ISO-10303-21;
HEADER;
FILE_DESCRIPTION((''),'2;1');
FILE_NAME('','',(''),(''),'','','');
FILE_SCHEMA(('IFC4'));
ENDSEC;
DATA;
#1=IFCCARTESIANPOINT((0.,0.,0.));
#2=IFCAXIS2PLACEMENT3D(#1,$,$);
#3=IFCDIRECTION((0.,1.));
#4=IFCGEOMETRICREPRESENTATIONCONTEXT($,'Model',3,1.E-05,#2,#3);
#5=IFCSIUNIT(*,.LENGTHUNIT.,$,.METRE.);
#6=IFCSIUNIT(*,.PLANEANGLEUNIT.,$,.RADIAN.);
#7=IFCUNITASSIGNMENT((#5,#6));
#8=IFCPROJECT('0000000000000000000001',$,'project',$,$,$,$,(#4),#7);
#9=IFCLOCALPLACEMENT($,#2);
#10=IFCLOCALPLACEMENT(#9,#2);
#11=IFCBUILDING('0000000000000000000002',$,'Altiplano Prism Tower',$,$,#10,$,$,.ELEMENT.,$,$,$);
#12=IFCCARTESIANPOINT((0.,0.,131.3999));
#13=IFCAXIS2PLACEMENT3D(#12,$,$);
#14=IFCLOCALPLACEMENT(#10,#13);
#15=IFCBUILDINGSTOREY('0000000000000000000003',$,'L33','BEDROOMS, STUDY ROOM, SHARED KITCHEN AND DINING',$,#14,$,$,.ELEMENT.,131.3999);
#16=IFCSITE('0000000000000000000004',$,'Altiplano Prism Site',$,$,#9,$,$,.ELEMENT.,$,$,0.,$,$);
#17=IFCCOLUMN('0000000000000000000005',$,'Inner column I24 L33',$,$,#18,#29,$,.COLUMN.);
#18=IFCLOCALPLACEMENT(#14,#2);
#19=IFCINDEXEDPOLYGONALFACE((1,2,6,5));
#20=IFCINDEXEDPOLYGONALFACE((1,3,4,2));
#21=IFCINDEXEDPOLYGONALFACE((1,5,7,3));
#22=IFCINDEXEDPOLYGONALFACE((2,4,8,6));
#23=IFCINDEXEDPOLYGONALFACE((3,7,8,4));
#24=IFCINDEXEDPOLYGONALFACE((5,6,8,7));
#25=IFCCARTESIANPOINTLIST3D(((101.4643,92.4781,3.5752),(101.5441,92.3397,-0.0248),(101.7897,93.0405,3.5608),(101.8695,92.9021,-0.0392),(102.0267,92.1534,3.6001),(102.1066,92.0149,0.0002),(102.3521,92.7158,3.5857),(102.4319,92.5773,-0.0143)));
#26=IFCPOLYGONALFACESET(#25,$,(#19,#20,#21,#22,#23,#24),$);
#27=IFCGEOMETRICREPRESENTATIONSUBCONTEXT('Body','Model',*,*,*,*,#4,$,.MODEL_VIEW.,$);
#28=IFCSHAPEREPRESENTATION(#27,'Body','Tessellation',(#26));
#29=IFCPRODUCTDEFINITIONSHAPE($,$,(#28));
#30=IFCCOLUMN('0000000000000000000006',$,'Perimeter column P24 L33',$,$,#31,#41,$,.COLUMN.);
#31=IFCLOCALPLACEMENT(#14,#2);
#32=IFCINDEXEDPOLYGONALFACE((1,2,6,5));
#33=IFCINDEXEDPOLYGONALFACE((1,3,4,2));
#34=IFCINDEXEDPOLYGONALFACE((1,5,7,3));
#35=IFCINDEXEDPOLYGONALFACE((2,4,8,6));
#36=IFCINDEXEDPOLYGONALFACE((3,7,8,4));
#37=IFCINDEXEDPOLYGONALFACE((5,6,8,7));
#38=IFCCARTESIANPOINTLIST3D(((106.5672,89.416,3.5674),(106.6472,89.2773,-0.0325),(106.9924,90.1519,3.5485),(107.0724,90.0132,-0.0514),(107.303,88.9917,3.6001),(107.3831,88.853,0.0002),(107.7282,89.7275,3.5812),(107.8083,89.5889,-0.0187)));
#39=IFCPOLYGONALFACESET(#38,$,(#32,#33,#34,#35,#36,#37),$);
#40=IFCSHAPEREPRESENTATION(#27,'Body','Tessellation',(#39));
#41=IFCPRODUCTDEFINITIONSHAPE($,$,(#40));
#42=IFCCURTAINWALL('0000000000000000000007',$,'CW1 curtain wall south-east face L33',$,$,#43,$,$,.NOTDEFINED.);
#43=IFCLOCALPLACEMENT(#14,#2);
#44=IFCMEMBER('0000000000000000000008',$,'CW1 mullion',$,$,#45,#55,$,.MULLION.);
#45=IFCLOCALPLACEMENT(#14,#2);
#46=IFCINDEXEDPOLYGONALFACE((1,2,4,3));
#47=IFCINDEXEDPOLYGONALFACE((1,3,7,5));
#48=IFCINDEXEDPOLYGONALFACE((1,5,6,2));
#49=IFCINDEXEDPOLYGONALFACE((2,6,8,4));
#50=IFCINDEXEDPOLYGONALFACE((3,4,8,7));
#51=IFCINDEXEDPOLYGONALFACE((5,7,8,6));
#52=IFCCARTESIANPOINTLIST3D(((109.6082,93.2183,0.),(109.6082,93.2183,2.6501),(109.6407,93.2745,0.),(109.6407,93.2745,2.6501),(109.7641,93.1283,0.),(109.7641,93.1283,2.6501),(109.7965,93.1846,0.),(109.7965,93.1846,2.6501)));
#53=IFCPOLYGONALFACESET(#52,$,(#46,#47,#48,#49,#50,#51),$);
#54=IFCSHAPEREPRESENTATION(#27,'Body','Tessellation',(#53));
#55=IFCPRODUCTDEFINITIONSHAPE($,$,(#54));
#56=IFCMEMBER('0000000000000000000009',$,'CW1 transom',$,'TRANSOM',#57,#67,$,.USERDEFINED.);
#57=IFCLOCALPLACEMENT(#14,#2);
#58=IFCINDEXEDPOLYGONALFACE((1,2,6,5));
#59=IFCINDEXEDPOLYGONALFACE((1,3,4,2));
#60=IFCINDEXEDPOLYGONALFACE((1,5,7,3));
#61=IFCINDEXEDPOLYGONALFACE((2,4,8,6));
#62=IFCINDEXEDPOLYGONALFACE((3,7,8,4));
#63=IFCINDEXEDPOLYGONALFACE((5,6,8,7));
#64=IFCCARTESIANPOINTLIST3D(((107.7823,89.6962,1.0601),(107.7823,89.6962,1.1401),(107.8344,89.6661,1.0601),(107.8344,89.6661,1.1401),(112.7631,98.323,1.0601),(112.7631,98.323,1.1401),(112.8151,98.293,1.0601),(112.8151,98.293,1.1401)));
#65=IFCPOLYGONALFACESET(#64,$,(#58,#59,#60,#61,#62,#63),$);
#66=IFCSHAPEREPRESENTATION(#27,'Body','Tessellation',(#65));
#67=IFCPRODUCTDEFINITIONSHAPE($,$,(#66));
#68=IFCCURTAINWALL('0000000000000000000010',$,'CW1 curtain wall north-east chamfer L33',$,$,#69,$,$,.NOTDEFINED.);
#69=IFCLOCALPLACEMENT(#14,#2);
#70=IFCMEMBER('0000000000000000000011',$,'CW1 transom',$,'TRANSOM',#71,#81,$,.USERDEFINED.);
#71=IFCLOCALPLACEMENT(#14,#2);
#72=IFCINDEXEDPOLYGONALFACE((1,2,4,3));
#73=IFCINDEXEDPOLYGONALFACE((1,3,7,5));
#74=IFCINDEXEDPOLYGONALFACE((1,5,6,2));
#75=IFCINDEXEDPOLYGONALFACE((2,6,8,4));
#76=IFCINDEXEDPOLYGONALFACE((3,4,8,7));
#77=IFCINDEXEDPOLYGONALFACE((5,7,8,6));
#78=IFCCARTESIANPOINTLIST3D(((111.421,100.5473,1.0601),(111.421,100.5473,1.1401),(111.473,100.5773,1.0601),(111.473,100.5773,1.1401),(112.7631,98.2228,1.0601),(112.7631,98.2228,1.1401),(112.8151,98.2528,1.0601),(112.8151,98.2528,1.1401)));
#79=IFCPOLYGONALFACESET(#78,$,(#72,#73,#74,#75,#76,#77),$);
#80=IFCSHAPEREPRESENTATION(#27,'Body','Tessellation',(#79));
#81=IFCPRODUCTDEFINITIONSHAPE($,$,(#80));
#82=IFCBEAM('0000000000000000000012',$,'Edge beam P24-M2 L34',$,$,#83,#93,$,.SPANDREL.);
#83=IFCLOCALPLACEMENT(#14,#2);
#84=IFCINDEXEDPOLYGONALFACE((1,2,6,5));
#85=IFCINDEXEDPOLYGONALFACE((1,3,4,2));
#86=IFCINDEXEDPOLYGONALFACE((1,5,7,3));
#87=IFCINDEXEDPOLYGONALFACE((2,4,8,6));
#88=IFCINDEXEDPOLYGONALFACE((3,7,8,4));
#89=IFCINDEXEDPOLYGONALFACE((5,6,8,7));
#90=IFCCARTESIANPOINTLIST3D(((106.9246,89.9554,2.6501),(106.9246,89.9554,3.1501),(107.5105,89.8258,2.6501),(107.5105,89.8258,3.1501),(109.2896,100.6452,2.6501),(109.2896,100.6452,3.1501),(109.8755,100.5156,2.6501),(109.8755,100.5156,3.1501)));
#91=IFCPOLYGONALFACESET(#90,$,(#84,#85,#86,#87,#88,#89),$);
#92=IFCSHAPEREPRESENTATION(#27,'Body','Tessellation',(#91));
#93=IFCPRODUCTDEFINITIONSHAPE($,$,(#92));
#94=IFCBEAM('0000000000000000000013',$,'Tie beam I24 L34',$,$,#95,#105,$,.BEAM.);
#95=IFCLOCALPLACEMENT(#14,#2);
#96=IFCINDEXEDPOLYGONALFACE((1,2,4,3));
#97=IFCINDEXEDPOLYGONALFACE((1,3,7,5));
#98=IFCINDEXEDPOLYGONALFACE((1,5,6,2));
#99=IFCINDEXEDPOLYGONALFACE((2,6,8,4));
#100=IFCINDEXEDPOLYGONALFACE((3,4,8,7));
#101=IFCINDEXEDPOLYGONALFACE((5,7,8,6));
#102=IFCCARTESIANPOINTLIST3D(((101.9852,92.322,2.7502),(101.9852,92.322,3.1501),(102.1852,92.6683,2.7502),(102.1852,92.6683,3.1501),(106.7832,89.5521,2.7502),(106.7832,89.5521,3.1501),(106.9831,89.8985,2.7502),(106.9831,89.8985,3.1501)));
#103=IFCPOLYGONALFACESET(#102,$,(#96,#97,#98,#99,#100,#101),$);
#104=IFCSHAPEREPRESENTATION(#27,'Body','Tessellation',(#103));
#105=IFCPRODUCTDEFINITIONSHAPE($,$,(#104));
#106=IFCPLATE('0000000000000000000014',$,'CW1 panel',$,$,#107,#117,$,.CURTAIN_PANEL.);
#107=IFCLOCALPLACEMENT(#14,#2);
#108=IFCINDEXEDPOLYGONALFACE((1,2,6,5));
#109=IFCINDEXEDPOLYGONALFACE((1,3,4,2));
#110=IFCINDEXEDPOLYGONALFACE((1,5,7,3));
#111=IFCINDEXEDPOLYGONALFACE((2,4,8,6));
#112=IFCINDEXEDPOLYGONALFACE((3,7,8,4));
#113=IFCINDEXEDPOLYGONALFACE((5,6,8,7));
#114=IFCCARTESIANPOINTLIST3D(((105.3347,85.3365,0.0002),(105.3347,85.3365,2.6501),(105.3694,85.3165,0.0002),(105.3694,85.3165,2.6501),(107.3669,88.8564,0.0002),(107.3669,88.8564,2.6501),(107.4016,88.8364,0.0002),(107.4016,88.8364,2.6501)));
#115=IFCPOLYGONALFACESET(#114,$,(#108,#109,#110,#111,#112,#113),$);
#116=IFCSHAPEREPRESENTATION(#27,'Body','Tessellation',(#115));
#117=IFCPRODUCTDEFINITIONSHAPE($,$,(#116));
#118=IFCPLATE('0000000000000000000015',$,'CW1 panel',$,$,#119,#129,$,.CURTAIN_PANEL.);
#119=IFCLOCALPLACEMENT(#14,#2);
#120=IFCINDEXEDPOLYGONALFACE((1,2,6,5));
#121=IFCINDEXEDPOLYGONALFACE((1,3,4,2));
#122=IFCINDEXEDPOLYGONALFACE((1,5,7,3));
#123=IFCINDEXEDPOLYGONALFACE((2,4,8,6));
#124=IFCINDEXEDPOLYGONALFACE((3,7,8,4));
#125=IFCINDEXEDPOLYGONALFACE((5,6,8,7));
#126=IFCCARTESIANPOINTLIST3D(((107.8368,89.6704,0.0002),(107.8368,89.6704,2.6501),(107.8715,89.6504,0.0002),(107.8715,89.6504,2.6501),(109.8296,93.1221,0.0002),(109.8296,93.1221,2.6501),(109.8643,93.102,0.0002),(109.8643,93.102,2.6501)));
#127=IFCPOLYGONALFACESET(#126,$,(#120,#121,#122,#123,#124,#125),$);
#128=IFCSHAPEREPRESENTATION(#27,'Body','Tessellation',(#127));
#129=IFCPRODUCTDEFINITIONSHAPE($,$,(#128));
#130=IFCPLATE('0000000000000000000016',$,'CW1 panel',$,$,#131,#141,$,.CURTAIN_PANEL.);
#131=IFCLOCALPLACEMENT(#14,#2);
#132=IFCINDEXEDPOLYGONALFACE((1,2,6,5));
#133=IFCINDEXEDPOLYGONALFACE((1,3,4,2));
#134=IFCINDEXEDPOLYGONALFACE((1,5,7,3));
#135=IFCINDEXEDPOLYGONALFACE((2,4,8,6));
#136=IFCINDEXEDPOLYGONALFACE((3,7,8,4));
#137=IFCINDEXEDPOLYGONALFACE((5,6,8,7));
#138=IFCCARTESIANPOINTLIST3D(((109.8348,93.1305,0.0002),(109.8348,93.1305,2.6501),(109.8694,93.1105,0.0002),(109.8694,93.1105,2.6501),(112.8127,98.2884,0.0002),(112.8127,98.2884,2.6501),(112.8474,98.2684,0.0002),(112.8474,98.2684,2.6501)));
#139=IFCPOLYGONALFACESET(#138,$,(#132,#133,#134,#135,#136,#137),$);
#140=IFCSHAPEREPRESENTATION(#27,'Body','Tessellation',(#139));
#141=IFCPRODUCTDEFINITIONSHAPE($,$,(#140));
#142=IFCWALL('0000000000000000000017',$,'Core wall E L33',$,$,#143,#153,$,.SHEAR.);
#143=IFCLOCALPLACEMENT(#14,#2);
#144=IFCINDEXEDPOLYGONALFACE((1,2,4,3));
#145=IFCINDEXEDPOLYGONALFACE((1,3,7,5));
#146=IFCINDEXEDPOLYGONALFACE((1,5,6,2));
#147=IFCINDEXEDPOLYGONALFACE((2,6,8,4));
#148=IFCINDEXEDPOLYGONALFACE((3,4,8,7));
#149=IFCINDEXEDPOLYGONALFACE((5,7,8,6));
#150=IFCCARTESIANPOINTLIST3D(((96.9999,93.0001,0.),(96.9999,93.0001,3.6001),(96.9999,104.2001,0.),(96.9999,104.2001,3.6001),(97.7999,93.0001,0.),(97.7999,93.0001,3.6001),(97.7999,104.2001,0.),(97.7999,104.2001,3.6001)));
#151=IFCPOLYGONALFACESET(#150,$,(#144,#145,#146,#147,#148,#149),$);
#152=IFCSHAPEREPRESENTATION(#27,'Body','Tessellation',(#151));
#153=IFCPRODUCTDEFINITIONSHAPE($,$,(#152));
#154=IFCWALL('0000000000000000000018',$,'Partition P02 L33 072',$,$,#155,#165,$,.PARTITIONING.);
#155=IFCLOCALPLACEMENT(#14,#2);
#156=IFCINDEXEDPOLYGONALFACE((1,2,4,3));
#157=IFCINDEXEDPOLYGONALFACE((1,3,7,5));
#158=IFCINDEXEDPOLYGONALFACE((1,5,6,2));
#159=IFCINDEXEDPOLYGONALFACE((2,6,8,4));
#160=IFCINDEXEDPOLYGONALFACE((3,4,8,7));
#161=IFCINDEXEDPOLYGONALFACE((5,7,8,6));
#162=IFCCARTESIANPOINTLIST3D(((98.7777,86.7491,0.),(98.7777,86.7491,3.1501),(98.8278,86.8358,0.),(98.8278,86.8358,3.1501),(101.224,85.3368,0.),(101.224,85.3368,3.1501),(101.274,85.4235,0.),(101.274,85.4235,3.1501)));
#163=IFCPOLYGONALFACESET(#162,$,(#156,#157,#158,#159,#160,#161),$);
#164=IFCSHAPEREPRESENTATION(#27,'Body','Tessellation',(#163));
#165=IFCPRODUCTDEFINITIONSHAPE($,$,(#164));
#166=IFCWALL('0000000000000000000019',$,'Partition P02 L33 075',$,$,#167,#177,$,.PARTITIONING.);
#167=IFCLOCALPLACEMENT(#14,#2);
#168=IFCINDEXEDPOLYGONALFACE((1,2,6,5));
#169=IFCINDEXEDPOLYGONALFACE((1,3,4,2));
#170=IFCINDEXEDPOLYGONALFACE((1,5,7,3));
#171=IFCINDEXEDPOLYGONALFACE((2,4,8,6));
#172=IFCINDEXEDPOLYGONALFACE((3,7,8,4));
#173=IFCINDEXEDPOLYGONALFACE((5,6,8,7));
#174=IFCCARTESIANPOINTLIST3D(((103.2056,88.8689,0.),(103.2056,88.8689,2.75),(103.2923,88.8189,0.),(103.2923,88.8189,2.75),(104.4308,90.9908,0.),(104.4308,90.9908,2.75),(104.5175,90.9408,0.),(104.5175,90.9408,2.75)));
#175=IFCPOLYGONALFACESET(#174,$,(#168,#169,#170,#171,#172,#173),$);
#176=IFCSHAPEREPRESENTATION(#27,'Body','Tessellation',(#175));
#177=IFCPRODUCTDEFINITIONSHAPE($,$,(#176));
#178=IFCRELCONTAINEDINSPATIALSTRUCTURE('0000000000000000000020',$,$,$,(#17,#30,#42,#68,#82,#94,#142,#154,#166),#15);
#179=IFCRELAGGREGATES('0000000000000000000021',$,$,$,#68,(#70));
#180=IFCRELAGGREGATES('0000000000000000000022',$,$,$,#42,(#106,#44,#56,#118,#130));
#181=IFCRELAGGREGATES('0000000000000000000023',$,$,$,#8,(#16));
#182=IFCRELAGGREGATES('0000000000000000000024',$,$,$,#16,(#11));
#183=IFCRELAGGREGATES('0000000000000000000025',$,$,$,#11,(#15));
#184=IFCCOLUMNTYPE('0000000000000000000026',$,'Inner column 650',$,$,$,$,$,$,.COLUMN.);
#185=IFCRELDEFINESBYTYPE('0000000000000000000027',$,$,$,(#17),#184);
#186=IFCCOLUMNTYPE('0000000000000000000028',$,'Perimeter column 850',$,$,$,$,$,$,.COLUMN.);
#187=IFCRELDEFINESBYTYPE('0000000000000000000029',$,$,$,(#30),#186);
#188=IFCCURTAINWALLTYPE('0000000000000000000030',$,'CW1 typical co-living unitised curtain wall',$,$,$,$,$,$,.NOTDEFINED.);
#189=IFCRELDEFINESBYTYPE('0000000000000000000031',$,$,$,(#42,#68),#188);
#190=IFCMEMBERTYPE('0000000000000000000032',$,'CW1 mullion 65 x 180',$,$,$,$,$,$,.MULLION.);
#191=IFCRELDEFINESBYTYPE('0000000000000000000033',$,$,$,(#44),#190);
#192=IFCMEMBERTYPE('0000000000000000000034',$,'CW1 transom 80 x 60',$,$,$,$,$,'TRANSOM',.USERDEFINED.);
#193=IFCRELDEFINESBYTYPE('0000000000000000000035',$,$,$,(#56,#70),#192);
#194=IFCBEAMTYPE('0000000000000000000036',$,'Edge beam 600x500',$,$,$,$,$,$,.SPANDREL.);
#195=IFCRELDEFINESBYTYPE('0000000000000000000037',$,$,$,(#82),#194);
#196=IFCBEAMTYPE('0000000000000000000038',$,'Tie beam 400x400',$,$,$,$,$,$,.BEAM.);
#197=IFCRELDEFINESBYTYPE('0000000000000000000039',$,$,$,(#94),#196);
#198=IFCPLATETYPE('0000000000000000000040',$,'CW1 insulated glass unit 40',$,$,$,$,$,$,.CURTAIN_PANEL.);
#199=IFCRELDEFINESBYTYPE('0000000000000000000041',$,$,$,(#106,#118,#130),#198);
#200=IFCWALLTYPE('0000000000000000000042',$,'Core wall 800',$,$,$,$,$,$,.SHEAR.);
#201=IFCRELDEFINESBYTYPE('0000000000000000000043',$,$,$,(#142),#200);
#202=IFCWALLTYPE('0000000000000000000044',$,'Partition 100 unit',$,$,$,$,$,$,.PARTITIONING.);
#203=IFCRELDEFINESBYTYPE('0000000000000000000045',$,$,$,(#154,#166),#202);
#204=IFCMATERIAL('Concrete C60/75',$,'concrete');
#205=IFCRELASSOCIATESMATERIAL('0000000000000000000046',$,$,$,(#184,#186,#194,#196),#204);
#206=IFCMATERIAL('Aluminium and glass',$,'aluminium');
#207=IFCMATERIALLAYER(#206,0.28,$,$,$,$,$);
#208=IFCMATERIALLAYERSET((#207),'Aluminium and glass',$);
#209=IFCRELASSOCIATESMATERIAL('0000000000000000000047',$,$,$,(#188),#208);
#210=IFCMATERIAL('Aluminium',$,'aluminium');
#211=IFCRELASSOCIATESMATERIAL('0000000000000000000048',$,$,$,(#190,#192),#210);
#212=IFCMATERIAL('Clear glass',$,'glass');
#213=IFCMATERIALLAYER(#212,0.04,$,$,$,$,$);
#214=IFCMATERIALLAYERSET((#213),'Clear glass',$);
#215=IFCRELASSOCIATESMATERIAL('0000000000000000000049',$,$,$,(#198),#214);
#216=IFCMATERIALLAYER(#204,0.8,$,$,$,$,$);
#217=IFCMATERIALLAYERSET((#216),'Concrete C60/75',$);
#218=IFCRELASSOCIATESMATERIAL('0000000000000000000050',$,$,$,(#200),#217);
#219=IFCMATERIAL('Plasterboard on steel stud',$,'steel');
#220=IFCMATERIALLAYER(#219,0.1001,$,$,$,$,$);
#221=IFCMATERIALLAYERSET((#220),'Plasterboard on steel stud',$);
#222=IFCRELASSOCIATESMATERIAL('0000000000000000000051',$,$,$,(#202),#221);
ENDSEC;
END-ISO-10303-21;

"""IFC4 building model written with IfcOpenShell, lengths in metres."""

from ifc_helpers import new_model, si_unit, direction, frame, frame_2d, origin, origin_2d, place, context, subcontext, project, spatial, rectangle, extrude, material, layer, layer_set, material_profile, profile_set, type_object, element, aggregate, save


model = new_model("IFC4")

# Units and contexts
model_context = context("Model", 3, precision=1e-05, world=origin(), true_north=direction((0.0, 1.0)))
body_context = subcontext(model_context, "Body", "Model", "MODEL_VIEW")
ifc_project = project(units=[si_unit("LENGTHUNIT", "METRE"), si_unit("PLANEANGLEUNIT", "RADIAN")], contexts=[model_context])

# Site, building, storey
site_placement = place(None, origin())
site = spatial("IfcSite", under=ifc_project, at=site_placement, Name="Altiplano Prism Site", CompositionType="ELEMENT", RefElevation=0.0)
building_placement = place(site_placement, origin())
building = spatial("IfcBuilding", under=site, at=building_placement, Name="Altiplano Prism Tower", CompositionType="ELEMENT")
storey_placement = place(building_placement, frame((0.0, 0.0, 131.3999)))
storey = spatial("IfcBuildingStorey", under=building, at=storey_placement, Name="L33", Description="BEDROOMS, STUDY ROOM, SHARED KITCHEN AND DINING", CompositionType="ELEMENT", Elevation=131.3999)

# Columns
ifc_material_1 = material(Name="Concrete C60/75", Category="concrete")
ifc_material_profile_1 = material_profile(ifc_material_1, rectangle(XDim=0.6499, YDim=0.6499, at=origin_2d()), Name="Inner column 650")
ifc_profile_set_1 = profile_set([ifc_material_profile_1], Name="Concrete C60/75")
column_type_1 = type_object("IfcColumnType", Name="Inner column 650", PredefinedType="COLUMN", material=ifc_profile_set_1)
column_1_placement = place(storey_placement, frame((101.988, 92.4585, -0.0195), z_axis=(-0.022155, 0.038416, 0.999016), x_axis=(-0.500653, -0.865364, 0.022173)))
element("IfcColumn", 1, at=column_1_placement, inside=storey, type_object=column_type_1, Name="Inner column I24 L33", PredefinedType="COLUMN", context=body_context, shape_type="SweptSolid", body=[
    extrude(rectangle(XDim=0.6499, YDim=0.6499, at=origin_2d()), origin(), (0.0, 0.0, 1.0), 3.6035),
])
ifc_material_profile_2 = material_profile(ifc_material_1, rectangle(XDim=0.8501, YDim=0.8501, at=origin_2d()), Name="Perimeter column 850")
ifc_profile_set_2 = profile_set([ifc_material_profile_2], Name="Concrete C60/75")
column_type_2 = type_object("IfcColumnType", Name="Perimeter column 850", PredefinedType="COLUMN", material=ifc_profile_set_2)
column_2_placement = place(storey_placement, frame((107.2278, 89.4331, -0.0256), z_axis=(-0.022223, 0.038483, 0.999012), x_axis=(-0.50017, -0.865642, 0.02222)))
element("IfcColumn", 2, at=column_2_placement, inside=storey, type_object=column_type_2, Name="Perimeter column P24 L33", PredefinedType="COLUMN", context=body_context, shape_type="SweptSolid", body=[
    extrude(rectangle(XDim=0.8501, YDim=0.8501, at=origin_2d()), origin(), (0.0, 0.0, 1.0), 3.6035),
])

# Curtain wall, members
ifc_material_2 = material(Name="Aluminium and glass", Category="aluminium")
ifc_layer_1 = layer(ifc_material_2, 0.28)
ifc_layer_set_1 = layer_set([ifc_layer_1], Name="Aluminium and glass")
curtain_wall_type = type_object("IfcCurtainWallType", Name="CW1 typical co-living unitised curtain wall", PredefinedType="NOTDEFINED", material=ifc_layer_set_1)
curtain_wall_1_placement = place(storey_placement, origin())
curtain_wall_1 = element("IfcCurtainWall", 3, at=curtain_wall_1_placement, inside=storey, type_object=curtain_wall_type, Name="CW1 curtain wall south-east face L33", PredefinedType="NOTDEFINED")
ifc_material_3 = material(Name="Aluminium", Category="aluminium")
ifc_material_profile_3 = material_profile(ifc_material_3, rectangle(XDim=0.1799, YDim=0.0649, at=origin_2d()), Name="CW1 mullion 65 x 180")
ifc_profile_set_3 = profile_set([ifc_material_profile_3], Name="Aluminium")
member_type_1 = type_object("IfcMemberType", Name="CW1 mullion 65 x 180", PredefinedType="MULLION", material=ifc_profile_set_3)
member_1_placement = place(storey_placement, frame((109.7024, 93.2014, 0.0), z_axis=(0.0, 0.0, 1.0), x_axis=(-0.866025, 0.5, 0.0)))
member_1 = element("IfcMember", 4, at=member_1_placement, type_object=member_type_1, Name="CW1 mullion", PredefinedType="MULLION", context=body_context, shape_type="SweptSolid", body=[
    extrude(rectangle(XDim=0.1799, YDim=0.0649, at=origin_2d()), origin(), (0.0, 0.0, 1.0), 2.6501),
])
ifc_material_profile_4 = material_profile(ifc_material_3, rectangle(XDim=0.0601, YDim=0.0801, at=origin_2d()), Name="CW1 transom 80 x 60")
ifc_profile_set_4 = profile_set([ifc_material_profile_4], Name="Aluminium")
member_type_2 = type_object("IfcMemberType", Name="CW1 transom 80 x 60", ElementType="TRANSOM", PredefinedType="USERDEFINED", material=ifc_profile_set_4)
member_2_placement = place(storey_placement, frame((107.8083, 89.6812, 1.1001), z_axis=(0.500006, 0.866022, 0.0), x_axis=(-0.866022, 0.500006, 0.0)))
member_2 = element("IfcMember", 5, at=member_2_placement, type_object=member_type_2, Name="CW1 transom", ObjectType="TRANSOM", PredefinedType="USERDEFINED", context=body_context, shape_type="SweptSolid", body=[
    extrude(rectangle(XDim=0.0601, YDim=0.0801, at=origin_2d()), origin(), (0.0, 0.0, 1.0), 9.9614),
])

# Curtain wall, member
curtain_wall_2_placement = place(storey_placement, origin())
curtain_wall_2 = element("IfcCurtainWall", 6, at=curtain_wall_2_placement, inside=storey, type_object=curtain_wall_type, Name="CW1 curtain wall north-east chamfer L33", PredefinedType="NOTDEFINED")
member_3_placement = place(storey_placement, frame((112.7891, 98.2378, 1.1001), z_axis=(-0.500003, 0.866024, 0.0), x_axis=(-0.866024, -0.500003, 0.0)))
member_3 = element("IfcMember", 7, at=member_3_placement, type_object=member_type_2, Name="CW1 transom", ObjectType="TRANSOM", PredefinedType="USERDEFINED", context=body_context, shape_type="SweptSolid", body=[
    extrude(rectangle(XDim=0.0601, YDim=0.0801, at=origin_2d()), origin(), (0.0, 0.0, 1.0), 2.6841),
])
aggregate(curtain_wall_2, [member_3])

# Beams
ifc_material_profile_5 = material_profile(ifc_material_1, rectangle(XDim=0.6001, YDim=0.5, at=origin_2d()), Name="Edge beam 600x500")
ifc_profile_set_5 = profile_set([ifc_material_profile_5], Name="Concrete C60/75")
beam_type_1 = type_object("IfcBeamType", Name="Edge beam 600x500", PredefinedType="SPANDREL", material=ifc_profile_set_5)
beam_1_placement = place(storey_placement, frame((107.2175, 89.8906, 2.9001), z_axis=(0.216017, 0.97639, 0.0), x_axis=(-0.97639, 0.216017, 0.0)))
element("IfcBeam", 8, at=beam_1_placement, inside=storey, type_object=beam_type_1, Name="Edge beam P24-M2 L34", PredefinedType="SPANDREL", context=body_context, shape_type="SweptSolid", body=[
    extrude(rectangle(XDim=0.6001, YDim=0.5, at=origin_2d()), origin(), (0.0, 0.0, 1.0), 10.9482),
])
ifc_material_profile_6 = material_profile(ifc_material_1, rectangle(XDim=0.3999, YDim=0.3999, at=origin_2d()), Name="Tie beam 400x400")
ifc_profile_set_6 = profile_set([ifc_material_profile_6], Name="Concrete C60/75")
beam_type_2 = type_object("IfcBeamType", Name="Tie beam 400x400", PredefinedType="BEAM", material=ifc_profile_set_6)
beam_2_placement = place(storey_placement, frame((102.0852, 92.4951, 2.9502), z_axis=(0.866046, -0.499964, 0.0), x_axis=(0.499964, 0.866046, 0.0)))
element("IfcBeam", 9, at=beam_2_placement, inside=storey, type_object=beam_type_2, Name="Tie beam I24 L34", PredefinedType="BEAM", context=body_context, shape_type="SweptSolid", body=[
    extrude(rectangle(XDim=0.3999, YDim=0.3999, at=origin_2d()), origin(), (0.0, 0.0, 1.0), 5.54),
])

# Plates
ifc_material_4 = material(Name="Clear glass", Category="glass")
ifc_layer_2 = layer(ifc_material_4, 0.04)
ifc_layer_set_2 = layer_set([ifc_layer_2], Name="Clear glass")
plate_type = type_object("IfcPlateType", Name="CW1 insulated glass unit 40", PredefinedType="CURTAIN_PANEL", material=ifc_layer_set_2)
plate_1_placement = place(storey_placement, frame((106.3682, 87.0864, 0.0002), z_axis=(0.0, 0.0, 1.0), x_axis=(0.5, 0.866025, 0.0)))
plate_1 = element("IfcPlate", 10, at=plate_1_placement, type_object=plate_type, Name="CW1 panel", PredefinedType="CURTAIN_PANEL", context=body_context, shape_type="SweptSolid", body=[
    extrude(rectangle(XDim=4.0645, YDim=0.04, at=origin_2d()), origin(), (0.0, 0.0, 1.0), 2.6499),
])
plate_2_placement = place(storey_placement, frame((108.8506, 91.3862, 0.0002), z_axis=(0.0, 0.0, 1.0), x_axis=(0.5, 0.866025, 0.0)))
plate_2 = element("IfcPlate", 11, at=plate_2_placement, type_object=plate_type, Name="CW1 panel", PredefinedType="CURTAIN_PANEL", context=body_context, shape_type="SweptSolid", body=[
    extrude(rectangle(XDim=3.9856, YDim=0.04, at=origin_2d()), origin(), (0.0, 0.0, 1.0), 2.6499),
])
plate_3_placement = place(storey_placement, frame((111.3411, 95.6995, 0.0002), z_axis=(0.0, 0.0, 1.0), x_axis=(0.5, 0.866025, 0.0)))
plate_3 = element("IfcPlate", 12, at=plate_3_placement, type_object=plate_type, Name="CW1 panel", PredefinedType="CURTAIN_PANEL", context=body_context, shape_type="SweptSolid", body=[
    extrude(rectangle(XDim=5.9558, YDim=0.04, at=origin_2d()), origin(), (0.0, 0.0, 1.0), 2.6499),
])
aggregate(curtain_wall_1, [plate_1, member_1, member_2, plate_2, plate_3])

# Walls
ifc_layer_3 = layer(ifc_material_1, 0.8)
ifc_layer_set_3 = layer_set([ifc_layer_3], Name="Concrete C60/75")
wall_type_1 = type_object("IfcWallType", Name="Core wall 800", PredefinedType="SHEAR", material=ifc_layer_set_3)
wall_1_placement = place(storey_placement, frame((97.3999, 93.0, 0.0), z_axis=(0.0, 0.0, 1.0), x_axis=(0.0, 1.0, 0.0)))
element("IfcWall", 13, at=wall_1_placement, inside=storey, type_object=wall_type_1, Name="Core wall E L33", PredefinedType="SHEAR", context=body_context, shape_type="SweptSolid", body=[
    extrude(rectangle(XDim=11.2, YDim=0.8, at=frame_2d((5.6001, 0.0))), origin(), (0.0, 0.0, 1.0), 3.6001),
])
ifc_material_5 = material(Name="Plasterboard on steel stud", Category="steel")
ifc_layer_4 = layer(ifc_material_5, 0.1001)
ifc_layer_set_4 = layer_set([ifc_layer_4], Name="Plasterboard on steel stud")
wall_type_2 = type_object("IfcWallType", Name="Partition 100 unit", PredefinedType="PARTITIONING", material=ifc_layer_set_4)
wall_2_placement = place(storey_placement, frame((98.8027, 86.7925, 0.0), z_axis=(0.0, 0.0, 1.0), x_axis=(0.866027, -0.499997, 0.0)))
element("IfcWall", 14, at=wall_2_placement, inside=storey, type_object=wall_type_2, Name="Partition P02 L33 072", PredefinedType="PARTITIONING", context=body_context, shape_type="SweptSolid", body=[
    extrude(rectangle(XDim=2.8247, YDim=0.1001, at=frame_2d((1.4124, 0.0))), origin(), (0.0, 0.0, 1.0), 3.1501),
])
wall_3_placement = place(storey_placement, frame((104.4741, 90.9658, 0.0), z_axis=(0.0, 0.0, 1.0), x_axis=(-0.500019, -0.866015, 0.0)))
element("IfcWall", 15, at=wall_3_placement, inside=storey, type_object=wall_type_2, Name="Partition P02 L33 075", PredefinedType="PARTITIONING", context=body_context, shape_type="SweptSolid", body=[
    extrude(rectangle(XDim=2.4502, YDim=0.1001, at=frame_2d((1.2251, 0.0))), origin(), (0.0, 0.0, 1.0), 2.75),
])

save(model, "model.ifc")
